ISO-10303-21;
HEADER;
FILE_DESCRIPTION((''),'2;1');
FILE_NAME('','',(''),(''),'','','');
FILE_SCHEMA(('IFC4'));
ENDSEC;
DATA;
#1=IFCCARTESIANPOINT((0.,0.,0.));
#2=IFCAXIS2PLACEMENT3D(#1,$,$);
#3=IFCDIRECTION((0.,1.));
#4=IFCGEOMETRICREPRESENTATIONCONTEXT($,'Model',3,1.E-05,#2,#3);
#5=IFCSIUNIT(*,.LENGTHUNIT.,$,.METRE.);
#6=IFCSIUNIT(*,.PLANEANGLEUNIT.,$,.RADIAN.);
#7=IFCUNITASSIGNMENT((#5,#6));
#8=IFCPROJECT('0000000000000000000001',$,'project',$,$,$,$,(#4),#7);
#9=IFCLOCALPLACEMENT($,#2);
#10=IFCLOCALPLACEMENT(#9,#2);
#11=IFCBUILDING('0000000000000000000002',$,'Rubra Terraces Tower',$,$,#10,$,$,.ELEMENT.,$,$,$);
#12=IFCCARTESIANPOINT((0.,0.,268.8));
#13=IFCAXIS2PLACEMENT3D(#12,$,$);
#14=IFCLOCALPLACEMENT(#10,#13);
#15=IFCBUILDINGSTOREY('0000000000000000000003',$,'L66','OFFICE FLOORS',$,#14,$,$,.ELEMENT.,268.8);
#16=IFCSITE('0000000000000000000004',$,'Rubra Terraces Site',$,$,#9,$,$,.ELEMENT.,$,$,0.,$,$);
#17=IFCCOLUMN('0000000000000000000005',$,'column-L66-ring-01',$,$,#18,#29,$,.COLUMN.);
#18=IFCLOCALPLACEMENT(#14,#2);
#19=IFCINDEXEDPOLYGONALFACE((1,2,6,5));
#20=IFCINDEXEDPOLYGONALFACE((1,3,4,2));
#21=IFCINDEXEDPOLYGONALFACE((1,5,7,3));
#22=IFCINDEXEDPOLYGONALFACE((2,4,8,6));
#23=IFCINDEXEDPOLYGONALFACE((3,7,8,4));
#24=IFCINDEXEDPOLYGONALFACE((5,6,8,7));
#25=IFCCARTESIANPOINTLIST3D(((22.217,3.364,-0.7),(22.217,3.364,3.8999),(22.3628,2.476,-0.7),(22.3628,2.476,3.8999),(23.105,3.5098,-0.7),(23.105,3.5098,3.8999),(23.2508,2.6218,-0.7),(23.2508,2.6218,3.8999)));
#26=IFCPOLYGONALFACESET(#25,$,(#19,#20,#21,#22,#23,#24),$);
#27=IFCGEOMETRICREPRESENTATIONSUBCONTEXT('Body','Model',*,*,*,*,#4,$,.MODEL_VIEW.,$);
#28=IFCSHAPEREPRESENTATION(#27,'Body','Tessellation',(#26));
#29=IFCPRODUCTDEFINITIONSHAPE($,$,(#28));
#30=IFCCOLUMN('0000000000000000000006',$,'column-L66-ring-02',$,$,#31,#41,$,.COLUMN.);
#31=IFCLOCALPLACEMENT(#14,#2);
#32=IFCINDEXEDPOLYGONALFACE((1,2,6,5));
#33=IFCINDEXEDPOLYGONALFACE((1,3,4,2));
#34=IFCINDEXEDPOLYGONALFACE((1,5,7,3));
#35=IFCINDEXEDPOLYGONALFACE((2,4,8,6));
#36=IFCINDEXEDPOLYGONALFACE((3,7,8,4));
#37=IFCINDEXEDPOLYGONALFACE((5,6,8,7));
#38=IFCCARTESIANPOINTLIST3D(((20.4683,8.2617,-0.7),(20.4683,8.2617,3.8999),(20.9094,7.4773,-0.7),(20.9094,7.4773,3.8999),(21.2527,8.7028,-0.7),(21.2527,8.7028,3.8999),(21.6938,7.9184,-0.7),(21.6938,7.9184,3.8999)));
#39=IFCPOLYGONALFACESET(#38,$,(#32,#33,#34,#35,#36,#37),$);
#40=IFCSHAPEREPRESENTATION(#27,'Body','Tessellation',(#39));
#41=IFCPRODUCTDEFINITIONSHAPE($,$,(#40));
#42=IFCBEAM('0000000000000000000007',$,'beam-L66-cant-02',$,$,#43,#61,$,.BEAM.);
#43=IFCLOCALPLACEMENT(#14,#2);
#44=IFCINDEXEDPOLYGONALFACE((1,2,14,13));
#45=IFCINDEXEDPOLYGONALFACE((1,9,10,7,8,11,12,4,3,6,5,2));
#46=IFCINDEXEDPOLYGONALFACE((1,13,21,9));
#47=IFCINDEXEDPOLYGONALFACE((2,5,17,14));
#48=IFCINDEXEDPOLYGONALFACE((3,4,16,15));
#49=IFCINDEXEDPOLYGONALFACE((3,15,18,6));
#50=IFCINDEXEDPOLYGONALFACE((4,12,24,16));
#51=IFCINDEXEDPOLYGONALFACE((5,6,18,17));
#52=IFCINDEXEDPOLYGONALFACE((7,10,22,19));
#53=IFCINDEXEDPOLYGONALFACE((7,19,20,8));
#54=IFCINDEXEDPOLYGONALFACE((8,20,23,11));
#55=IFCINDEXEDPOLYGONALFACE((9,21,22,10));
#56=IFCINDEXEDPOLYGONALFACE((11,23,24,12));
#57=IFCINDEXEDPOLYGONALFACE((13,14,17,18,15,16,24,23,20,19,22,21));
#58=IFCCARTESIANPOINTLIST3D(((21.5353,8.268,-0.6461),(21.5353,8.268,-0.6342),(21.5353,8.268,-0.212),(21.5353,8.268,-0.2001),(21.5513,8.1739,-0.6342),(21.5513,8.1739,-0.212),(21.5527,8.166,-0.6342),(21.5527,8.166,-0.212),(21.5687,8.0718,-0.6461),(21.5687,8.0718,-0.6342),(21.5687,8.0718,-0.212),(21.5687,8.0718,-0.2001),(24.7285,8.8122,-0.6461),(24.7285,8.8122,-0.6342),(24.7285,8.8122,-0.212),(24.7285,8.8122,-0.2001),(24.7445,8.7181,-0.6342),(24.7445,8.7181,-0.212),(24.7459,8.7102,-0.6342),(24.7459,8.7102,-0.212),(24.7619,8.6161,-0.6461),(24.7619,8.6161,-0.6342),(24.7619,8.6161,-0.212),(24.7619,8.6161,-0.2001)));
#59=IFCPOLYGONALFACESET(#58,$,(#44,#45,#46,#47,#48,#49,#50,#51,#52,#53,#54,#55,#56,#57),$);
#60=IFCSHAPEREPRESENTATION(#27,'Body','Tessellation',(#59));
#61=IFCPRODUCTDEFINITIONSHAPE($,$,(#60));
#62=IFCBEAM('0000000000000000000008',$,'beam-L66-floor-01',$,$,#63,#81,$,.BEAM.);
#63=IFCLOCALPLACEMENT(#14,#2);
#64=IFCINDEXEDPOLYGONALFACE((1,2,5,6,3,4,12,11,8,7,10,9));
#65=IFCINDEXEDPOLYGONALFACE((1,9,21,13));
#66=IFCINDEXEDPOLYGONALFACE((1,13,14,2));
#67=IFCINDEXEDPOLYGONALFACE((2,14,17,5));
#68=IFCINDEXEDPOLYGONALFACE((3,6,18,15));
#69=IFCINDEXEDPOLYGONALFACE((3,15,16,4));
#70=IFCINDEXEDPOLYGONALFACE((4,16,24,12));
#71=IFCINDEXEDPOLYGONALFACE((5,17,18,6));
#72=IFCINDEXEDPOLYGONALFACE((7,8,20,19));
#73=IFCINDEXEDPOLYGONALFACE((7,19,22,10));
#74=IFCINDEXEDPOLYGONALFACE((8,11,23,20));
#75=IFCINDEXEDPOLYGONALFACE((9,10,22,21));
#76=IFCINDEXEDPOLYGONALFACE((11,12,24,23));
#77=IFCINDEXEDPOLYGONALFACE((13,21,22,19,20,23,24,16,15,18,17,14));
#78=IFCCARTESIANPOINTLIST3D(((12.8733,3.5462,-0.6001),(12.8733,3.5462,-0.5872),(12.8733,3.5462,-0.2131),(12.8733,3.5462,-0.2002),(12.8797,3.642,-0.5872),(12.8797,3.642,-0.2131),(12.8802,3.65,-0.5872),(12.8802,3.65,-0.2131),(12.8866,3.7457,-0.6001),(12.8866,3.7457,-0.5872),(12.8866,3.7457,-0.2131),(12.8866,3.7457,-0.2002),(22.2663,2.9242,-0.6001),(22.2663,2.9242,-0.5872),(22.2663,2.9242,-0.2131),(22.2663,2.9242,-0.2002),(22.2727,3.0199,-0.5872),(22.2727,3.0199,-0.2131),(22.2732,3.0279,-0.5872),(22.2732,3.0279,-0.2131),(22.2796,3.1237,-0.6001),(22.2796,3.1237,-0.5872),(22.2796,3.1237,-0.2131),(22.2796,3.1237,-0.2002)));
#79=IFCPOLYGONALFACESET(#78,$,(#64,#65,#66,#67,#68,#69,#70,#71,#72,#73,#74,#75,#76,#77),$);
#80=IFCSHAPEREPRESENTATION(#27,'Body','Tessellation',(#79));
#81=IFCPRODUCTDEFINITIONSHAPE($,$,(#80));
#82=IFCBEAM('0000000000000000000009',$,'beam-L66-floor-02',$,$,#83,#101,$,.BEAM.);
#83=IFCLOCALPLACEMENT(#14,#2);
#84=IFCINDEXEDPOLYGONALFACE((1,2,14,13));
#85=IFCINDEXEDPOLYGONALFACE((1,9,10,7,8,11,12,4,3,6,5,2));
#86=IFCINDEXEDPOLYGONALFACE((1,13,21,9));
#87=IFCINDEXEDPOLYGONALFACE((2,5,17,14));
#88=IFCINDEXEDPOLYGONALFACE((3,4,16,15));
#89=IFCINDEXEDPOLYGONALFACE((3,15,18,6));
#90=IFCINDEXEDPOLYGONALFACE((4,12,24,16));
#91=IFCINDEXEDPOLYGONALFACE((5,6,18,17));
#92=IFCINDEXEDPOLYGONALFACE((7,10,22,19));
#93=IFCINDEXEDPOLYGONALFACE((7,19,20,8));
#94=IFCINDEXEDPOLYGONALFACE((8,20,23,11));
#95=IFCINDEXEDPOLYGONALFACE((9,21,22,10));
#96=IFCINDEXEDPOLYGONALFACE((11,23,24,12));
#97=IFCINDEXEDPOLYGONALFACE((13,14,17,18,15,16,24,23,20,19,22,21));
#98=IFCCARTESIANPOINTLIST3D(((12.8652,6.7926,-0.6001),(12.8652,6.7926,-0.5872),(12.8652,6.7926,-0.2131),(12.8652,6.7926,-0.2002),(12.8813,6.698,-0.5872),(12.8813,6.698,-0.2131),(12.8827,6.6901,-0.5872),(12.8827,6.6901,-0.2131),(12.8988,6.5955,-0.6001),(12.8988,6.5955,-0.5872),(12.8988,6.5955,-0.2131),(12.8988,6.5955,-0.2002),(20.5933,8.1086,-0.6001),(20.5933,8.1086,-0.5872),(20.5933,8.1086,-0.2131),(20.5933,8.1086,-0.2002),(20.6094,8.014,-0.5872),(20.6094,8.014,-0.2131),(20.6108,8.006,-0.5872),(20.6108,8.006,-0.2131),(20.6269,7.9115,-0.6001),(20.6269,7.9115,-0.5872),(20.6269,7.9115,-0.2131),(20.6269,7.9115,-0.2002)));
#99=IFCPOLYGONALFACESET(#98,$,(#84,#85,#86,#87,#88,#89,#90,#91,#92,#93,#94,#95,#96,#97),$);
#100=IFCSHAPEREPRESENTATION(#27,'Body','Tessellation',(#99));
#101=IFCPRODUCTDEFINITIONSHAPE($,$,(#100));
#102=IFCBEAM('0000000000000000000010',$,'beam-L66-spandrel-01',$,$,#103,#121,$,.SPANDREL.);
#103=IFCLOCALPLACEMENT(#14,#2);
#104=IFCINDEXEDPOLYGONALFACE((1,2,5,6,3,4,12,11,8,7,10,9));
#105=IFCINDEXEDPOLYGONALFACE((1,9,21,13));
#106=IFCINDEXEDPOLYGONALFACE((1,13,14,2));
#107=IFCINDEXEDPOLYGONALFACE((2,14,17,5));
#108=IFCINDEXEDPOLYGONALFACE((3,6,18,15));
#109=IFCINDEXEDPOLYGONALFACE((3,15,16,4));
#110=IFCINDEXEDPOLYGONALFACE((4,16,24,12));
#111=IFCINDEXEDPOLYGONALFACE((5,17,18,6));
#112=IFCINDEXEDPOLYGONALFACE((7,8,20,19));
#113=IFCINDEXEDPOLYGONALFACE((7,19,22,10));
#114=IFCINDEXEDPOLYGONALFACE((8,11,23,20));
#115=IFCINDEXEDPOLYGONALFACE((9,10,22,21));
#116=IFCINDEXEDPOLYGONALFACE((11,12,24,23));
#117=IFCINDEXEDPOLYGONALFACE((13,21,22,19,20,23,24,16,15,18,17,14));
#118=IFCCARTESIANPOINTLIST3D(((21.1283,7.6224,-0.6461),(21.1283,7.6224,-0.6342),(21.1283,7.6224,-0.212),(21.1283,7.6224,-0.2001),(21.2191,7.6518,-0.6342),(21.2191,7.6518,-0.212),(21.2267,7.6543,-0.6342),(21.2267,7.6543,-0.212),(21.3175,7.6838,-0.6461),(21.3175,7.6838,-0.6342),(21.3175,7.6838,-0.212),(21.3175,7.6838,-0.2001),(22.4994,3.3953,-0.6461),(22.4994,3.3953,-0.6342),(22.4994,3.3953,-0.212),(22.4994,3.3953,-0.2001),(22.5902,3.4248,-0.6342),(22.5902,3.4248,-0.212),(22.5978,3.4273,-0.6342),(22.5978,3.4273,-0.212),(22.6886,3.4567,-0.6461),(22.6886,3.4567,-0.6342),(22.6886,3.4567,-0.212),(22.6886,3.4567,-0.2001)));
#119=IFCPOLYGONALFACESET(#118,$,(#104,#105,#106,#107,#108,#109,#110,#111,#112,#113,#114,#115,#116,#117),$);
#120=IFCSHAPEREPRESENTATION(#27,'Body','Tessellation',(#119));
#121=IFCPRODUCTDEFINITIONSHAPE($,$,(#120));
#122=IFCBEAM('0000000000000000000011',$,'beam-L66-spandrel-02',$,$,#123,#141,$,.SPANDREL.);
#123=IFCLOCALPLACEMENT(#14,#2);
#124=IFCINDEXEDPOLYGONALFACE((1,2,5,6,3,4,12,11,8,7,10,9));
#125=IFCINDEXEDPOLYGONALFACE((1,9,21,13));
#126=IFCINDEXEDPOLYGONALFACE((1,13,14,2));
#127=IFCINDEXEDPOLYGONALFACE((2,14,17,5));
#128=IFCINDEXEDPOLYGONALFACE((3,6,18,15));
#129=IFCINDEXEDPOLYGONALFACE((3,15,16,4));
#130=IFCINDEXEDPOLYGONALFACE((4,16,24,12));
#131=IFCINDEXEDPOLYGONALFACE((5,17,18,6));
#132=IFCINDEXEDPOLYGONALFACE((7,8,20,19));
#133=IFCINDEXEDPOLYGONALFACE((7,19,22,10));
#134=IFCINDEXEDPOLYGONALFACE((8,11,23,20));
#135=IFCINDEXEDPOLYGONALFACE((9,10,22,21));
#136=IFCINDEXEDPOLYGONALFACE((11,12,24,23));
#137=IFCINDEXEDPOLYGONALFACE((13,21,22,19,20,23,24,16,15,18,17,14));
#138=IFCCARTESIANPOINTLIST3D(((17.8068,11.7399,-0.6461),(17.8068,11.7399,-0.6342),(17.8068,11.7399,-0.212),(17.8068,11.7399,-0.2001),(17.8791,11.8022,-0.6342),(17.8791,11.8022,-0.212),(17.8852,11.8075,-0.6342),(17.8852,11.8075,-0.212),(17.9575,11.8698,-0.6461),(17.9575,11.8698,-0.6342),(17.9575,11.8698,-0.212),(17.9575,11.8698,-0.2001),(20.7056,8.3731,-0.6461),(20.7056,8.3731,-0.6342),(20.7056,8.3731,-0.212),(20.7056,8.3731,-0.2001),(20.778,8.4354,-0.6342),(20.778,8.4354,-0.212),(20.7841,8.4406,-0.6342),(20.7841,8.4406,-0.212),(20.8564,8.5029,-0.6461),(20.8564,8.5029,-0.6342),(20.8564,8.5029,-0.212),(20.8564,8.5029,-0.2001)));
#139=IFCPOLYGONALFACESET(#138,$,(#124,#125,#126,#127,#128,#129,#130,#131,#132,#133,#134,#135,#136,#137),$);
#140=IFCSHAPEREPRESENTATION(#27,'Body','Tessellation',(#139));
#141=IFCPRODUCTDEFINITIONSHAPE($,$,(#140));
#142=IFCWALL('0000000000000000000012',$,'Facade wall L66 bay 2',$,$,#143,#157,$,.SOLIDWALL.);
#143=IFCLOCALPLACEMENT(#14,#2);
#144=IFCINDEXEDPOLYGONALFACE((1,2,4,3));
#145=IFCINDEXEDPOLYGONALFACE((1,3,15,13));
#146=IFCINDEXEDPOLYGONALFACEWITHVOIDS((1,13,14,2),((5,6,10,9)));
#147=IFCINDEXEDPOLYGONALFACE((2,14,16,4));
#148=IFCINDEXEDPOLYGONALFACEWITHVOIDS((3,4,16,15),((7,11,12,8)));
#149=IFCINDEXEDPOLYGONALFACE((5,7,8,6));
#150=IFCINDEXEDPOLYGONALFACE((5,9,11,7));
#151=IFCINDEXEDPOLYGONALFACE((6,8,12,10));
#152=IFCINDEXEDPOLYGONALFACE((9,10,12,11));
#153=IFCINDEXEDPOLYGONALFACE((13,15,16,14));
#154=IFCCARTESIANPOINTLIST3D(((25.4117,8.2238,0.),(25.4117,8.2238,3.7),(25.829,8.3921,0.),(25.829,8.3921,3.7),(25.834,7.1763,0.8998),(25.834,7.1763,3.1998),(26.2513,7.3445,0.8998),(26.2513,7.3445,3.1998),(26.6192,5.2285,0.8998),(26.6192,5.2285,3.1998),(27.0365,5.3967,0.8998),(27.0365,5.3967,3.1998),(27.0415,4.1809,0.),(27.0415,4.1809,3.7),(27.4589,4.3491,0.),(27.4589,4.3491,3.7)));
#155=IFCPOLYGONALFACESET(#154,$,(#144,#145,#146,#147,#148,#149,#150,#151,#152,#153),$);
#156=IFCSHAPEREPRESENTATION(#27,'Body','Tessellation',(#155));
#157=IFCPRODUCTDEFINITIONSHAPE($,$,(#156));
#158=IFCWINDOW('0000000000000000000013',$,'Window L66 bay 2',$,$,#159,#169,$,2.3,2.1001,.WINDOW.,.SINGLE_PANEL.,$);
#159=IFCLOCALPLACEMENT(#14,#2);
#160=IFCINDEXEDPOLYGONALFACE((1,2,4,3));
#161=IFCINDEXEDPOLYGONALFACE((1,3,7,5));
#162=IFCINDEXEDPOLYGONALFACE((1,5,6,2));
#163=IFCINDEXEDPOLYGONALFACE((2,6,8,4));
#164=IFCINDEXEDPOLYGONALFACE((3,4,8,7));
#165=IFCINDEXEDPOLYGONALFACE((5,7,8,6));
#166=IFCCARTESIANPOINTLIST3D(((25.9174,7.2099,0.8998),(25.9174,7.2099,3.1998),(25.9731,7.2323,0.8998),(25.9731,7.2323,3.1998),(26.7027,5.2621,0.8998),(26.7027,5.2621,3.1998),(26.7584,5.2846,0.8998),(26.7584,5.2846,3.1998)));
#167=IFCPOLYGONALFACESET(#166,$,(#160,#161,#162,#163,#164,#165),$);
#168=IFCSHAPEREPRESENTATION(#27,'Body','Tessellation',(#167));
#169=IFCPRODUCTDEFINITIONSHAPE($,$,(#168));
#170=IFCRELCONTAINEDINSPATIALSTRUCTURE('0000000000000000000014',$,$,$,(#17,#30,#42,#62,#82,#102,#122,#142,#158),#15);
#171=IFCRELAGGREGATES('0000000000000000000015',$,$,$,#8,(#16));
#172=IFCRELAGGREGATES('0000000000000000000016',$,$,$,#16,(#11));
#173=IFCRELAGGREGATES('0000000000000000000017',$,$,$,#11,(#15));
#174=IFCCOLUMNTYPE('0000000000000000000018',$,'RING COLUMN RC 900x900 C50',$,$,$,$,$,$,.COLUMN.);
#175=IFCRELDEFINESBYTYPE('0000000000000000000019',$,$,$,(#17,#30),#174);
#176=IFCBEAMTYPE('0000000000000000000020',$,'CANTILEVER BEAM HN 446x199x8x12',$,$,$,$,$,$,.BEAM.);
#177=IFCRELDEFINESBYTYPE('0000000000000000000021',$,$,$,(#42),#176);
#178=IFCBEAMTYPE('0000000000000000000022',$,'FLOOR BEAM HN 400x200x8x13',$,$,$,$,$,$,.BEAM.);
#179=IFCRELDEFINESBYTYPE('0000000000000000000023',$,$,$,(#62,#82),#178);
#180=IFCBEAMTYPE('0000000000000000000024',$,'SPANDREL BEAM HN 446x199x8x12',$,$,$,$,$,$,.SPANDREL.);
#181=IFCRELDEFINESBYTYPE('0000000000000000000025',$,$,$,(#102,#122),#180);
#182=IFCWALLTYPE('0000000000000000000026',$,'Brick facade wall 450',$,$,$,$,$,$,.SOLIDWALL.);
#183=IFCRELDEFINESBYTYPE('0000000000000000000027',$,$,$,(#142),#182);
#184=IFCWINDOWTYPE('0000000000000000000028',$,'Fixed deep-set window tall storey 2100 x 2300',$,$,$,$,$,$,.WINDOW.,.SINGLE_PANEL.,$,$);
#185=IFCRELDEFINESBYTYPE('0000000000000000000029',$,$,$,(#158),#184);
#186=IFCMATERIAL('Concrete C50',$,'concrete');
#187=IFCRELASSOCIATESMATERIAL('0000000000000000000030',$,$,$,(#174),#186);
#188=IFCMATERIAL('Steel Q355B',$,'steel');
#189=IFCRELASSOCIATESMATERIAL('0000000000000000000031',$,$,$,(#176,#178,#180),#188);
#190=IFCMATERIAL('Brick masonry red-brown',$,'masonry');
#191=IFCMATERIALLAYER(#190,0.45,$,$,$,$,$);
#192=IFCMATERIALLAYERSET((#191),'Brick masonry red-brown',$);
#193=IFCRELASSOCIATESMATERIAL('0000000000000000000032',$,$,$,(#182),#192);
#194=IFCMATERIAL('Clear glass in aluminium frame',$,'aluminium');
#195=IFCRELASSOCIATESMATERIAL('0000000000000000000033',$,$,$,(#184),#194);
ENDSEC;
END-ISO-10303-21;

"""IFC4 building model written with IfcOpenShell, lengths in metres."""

from ifc_helpers import new_model, si_unit, direction, frame, frame_2d, origin, origin_2d, place, context, subcontext, project, spatial, rectangle, i_section, extrude, material, layer, layer_set, material_profile, profile_set, type_object, element, fill, save


model = new_model("IFC4")

# Units and contexts
model_context = context("Model", 3, precision=1e-05, world=origin(), true_north=direction((0.0, 1.0)))
body_context = subcontext(model_context, "Body", "Model", "MODEL_VIEW")
ifc_project = project(units=[si_unit("LENGTHUNIT", "METRE"), si_unit("PLANEANGLEUNIT", "RADIAN")], contexts=[model_context])

# Site, building, storey
site_placement = place(None, origin())
site = spatial("IfcSite", under=ifc_project, at=site_placement, Name="Rubra Terraces Site", CompositionType="ELEMENT", RefElevation=0.0)
building_placement = place(site_placement, origin())
building = spatial("IfcBuilding", under=site, at=building_placement, Name="Rubra Terraces Tower", CompositionType="ELEMENT")
storey_placement = place(building_placement, frame((0.0, 0.0, 268.8)))
storey = spatial("IfcBuildingStorey", under=building, at=storey_placement, Name="L66", Description="OFFICE FLOORS", CompositionType="ELEMENT", Elevation=268.8)

# Columns
ifc_material_1 = material(Name="Concrete C50", Category="concrete")
ifc_material_profile_1 = material_profile(ifc_material_1, rectangle(XDim=0.8999, YDim=0.8999, at=origin_2d()), Name="RC 900x900")
ifc_profile_set_1 = profile_set([ifc_material_profile_1], Name="Concrete C50")
column_type = type_object("IfcColumnType", Name="RING COLUMN RC 900x900 C50", PredefinedType="COLUMN", material=ifc_profile_set_1)
for number, where, z_axis, x_axis, name in (
    (1, (22.7339, 2.9929, -0.7), (0.0, 0.0, 1.0), (-0.162062, 0.986781, 0.0), "column-L66-ring-01"),
    (2, (21.0811, 8.0901, -0.7), (0.0, 0.0, 1.0), (-0.490162, 0.871631, 0.0), "column-L66-ring-02"),
):
    element("IfcColumn", number, at=place(storey_placement, frame(where, z_axis=z_axis, x_axis=x_axis)), inside=storey, type_object=column_type, Name=name, PredefinedType="COLUMN", context=body_context, shape_type="SweptSolid", body=[
        extrude(rectangle(XDim=0.8999, YDim=0.8999, at=origin_2d()), origin(), (0.0, 0.0, 1.0), 4.5999),
    ])

# Beams
ifc_material_2 = material(Name="Steel Q355B", Category="steel")
ifc_material_profile_2 = material_profile(ifc_material_2, i_section(OverallWidth=0.199, OverallDepth=0.446, WebThickness=0.0081, FlangeThickness=0.012, at=origin_2d()), Name="HN 446x199x8x12")
ifc_profile_set_2 = profile_set([ifc_material_profile_2], Name="Steel Q355B")
beam_type_1 = type_object("IfcBeamType", Name="CANTILEVER BEAM HN 446x199x8x12", PredefinedType="BEAM", material=ifc_profile_set_2)
beam_1_placement = place(storey_placement, frame((21.552, 8.1699, -0.4231), z_axis=(0.985786, 0.168004, 0.0), x_axis=(-0.168004, 0.985786, 0.0)))
element("IfcBeam", 3, at=beam_1_placement, inside=storey, type_object=beam_type_1, Name="beam-L66-cant-02", PredefinedType="BEAM", context=body_context, shape_type="SweptSolid", body=[
    extrude(i_section(OverallWidth=0.199, OverallDepth=0.446, WebThickness=0.0081, FlangeThickness=0.012, at=origin_2d()), origin(), (0.0, 0.0, 1.0), 3.2393),
])
ifc_material_profile_3 = material_profile(ifc_material_2, i_section(OverallWidth=0.2, OverallDepth=0.3999, WebThickness=0.0081, FlangeThickness=0.0129, at=origin_2d()), Name="HN 400x200x8x13")
ifc_profile_set_3 = profile_set([ifc_material_profile_3], Name="Steel Q355B")
beam_type_2 = type_object("IfcBeamType", Name="FLOOR BEAM HN 400x200x8x13", PredefinedType="BEAM", material=ifc_profile_set_3)
beam_2_placement = place(storey_placement, frame((22.2729, 3.0239, -0.4001), z_axis=(-0.997814, 0.066082, 0.0), x_axis=(-0.066082, -0.997814, 0.0)))
element("IfcBeam", 4, at=beam_2_placement, inside=storey, type_object=beam_type_2, Name="beam-L66-floor-01", PredefinedType="BEAM", context=body_context, shape_type="SweptSolid", body=[
    extrude(i_section(OverallWidth=0.2, OverallDepth=0.3999, WebThickness=0.0081, FlangeThickness=0.0129, at=origin_2d()), origin(), (0.0, 0.0, 1.0), 9.4136),
])
beam_3_placement = place(storey_placement, frame((20.6101, 8.01, -0.4001), z_axis=(-0.98581, -0.167862, 0.0), x_axis=(0.167862, -0.98581, 0.0)))
element("IfcBeam", 5, at=beam_3_placement, inside=storey, type_object=beam_type_2, Name="beam-L66-floor-02", PredefinedType="BEAM", context=body_context, shape_type="SweptSolid", body=[
    extrude(i_section(OverallWidth=0.2, OverallDepth=0.3999, WebThickness=0.0081, FlangeThickness=0.0129, at=origin_2d()), origin(), (0.0, 0.0, 1.0), 7.8394),
])
ifc_material_profile_4 = material_profile(ifc_material_2, i_section(OverallWidth=0.199, OverallDepth=0.446, WebThickness=0.0081, FlangeThickness=0.012, at=origin_2d()), Name="HN 446x199x8x12")
ifc_profile_set_4 = profile_set([ifc_material_profile_4], Name="Steel Q355B")
beam_type_3 = type_object("IfcBeamType", Name="SPANDREL BEAM HN 446x199x8x12", PredefinedType="SPANDREL", material=ifc_profile_set_4)
beam_4_placement = place(storey_placement, frame((22.594, 3.426, -0.4231), z_axis=(-0.308537, 0.951212, 0.0), x_axis=(-0.951212, -0.308537, 0.0)))
element("IfcBeam", 6, at=beam_4_placement, inside=storey, type_object=beam_type_3, Name="beam-L66-spandrel-01", PredefinedType="SPANDREL", context=body_context, shape_type="SweptSolid", body=[
    extrude(i_section(OverallWidth=0.199, OverallDepth=0.446, WebThickness=0.0081, FlangeThickness=0.012, at=origin_2d()), origin(), (0.0, 0.0, 1.0), 4.4438),
])
beam_5_placement = place(storey_placement, frame((20.781, 8.438, -0.4231), z_axis=(-0.652473, 0.757812, 0.0), x_axis=(-0.757812, -0.652473, 0.0)))
element("IfcBeam", 7, at=beam_5_placement, inside=storey, type_object=beam_type_3, Name="beam-L66-spandrel-02", PredefinedType="SPANDREL", context=body_context, shape_type="SweptSolid", body=[
    extrude(i_section(OverallWidth=0.199, OverallDepth=0.446, WebThickness=0.0081, FlangeThickness=0.012, at=origin_2d()), origin(), (0.0, 0.0, 1.0), 4.4429),
])

# Wall, opening, window
ifc_material_3 = material(Name="Brick masonry red-brown", Category="masonry")
ifc_layer_1 = layer(ifc_material_3, 0.45)
ifc_layer_set_1 = layer_set([ifc_layer_1], Name="Brick masonry red-brown")
wall_type_1 = type_object("IfcWallType", Name="Brick facade wall 450", PredefinedType="SOLIDWALL", material=ifc_layer_set_1)
wall_1_placement = place(storey_placement, frame((27.2502, 4.2649, 0.0), z_axis=(0.0, 0.0, 1.0), x_axis=(-0.3739, 0.927469, 0.0)))
wall_1 = element("IfcWall", 8, at=wall_1_placement, inside=storey, type_object=wall_type_1, Name="Facade wall L66 bay 2", PredefinedType="SOLIDWALL", context=body_context, shape_type="SweptSolid", body=[
    extrude(rectangle(XDim=4.3591, YDim=0.45, at=frame_2d((2.1797, 0.0))), origin(), (0.0, 0.0, 1.0), 3.7),
])
opening_1_placement = place(wall_1_placement, frame((1.1296, 0.0, 0.8999)))
opening_1 = element("IfcOpeningElement", 9, at=opening_1_placement, cuts=wall_1, PredefinedType="OPENING", context=body_context, shape_type="SweptSolid", body=[
    extrude(rectangle(XDim=2.1001, YDim=2.3, at=frame_2d((1.05, 1.1499))), frame((0.0, 0.2349, 0.0), z_axis=(0.0, -1.0, 0.0), x_axis=(1.0, 0.0, 0.0)), (0.0, 0.0, 1.0), 0.47),
])
ifc_material_4 = material(Name="Clear glass in aluminium frame", Category="aluminium")
window_type_1 = type_object("IfcWindowType", Name="Fixed deep-set window tall storey 2100 x 2300", PartitioningType="SINGLE_PANEL", PredefinedType="WINDOW", material=ifc_material_4)
window_1_placement = place(opening_1_placement, origin())
window_1 = element("IfcWindow", 10, at=window_1_placement, inside=storey, type_object=window_type_1, Name="Window L66 bay 2", OverallHeight=2.3, OverallWidth=2.1001, PartitioningType="SINGLE_PANEL", PredefinedType="WINDOW", context=body_context, shape_type="SweptSolid", body=[
    extrude(rectangle(XDim=2.1001, YDim=2.3, at=frame_2d((1.05, 1.1499))), frame((0.0, 0.135, 0.0), z_axis=(0.0, -1.0, 0.0), x_axis=(1.0, 0.0, 0.0)), (0.0, 0.0, 1.0), 0.0601),
])
fill(opening_1, window_1)

save(model, "model.ifc")
